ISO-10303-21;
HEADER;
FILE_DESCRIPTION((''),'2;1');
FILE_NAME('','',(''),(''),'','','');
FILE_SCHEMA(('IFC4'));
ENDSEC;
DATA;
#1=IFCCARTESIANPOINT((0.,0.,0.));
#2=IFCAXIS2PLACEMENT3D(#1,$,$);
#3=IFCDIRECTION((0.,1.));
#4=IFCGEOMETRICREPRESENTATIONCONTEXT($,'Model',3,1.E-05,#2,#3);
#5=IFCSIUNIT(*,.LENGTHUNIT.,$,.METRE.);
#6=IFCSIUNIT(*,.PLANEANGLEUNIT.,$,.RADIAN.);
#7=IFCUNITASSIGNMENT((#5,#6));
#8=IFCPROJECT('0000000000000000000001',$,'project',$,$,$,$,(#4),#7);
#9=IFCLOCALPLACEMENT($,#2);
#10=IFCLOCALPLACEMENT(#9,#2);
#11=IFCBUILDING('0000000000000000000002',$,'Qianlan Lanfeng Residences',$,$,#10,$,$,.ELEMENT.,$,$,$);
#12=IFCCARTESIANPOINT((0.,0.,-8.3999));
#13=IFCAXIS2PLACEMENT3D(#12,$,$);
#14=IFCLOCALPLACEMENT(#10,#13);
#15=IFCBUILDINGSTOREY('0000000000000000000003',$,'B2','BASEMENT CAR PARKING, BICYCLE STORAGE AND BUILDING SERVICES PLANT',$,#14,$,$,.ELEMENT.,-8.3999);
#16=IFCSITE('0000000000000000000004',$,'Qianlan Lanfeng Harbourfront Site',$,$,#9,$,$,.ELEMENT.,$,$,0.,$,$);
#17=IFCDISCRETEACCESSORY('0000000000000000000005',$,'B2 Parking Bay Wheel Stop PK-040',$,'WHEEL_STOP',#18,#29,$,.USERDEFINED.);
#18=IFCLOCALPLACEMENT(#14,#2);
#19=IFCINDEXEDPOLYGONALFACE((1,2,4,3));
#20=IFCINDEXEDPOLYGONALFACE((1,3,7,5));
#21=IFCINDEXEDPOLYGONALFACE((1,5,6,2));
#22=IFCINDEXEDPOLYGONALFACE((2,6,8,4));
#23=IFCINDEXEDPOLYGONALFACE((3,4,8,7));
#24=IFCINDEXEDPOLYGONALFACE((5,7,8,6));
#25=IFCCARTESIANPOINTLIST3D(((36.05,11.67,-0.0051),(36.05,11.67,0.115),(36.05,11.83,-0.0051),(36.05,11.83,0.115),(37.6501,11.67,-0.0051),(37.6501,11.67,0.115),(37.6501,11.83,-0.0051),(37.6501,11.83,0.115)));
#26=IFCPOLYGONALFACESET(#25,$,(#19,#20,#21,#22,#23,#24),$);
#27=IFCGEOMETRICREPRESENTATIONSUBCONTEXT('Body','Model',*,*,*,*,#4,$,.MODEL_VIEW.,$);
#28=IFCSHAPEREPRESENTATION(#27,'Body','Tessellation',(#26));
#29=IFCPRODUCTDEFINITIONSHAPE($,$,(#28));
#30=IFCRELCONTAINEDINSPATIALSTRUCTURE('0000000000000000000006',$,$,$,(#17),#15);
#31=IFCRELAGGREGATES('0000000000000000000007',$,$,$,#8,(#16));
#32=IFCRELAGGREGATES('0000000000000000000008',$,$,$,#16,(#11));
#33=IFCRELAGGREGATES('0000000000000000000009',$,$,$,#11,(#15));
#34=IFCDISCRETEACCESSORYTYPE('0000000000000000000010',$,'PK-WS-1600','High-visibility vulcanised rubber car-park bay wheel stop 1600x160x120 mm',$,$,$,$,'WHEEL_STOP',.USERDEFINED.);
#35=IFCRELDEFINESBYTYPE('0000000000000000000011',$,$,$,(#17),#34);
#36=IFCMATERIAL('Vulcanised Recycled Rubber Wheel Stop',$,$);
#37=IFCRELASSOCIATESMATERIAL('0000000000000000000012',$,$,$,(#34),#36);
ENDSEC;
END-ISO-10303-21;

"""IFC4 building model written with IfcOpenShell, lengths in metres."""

from ifc_helpers import new_model, si_unit, direction, frame, origin, origin_2d, place, context, subcontext, project, spatial, rectangle, extrude, source, transform, mapped, material, type_object, element, save


model = new_model("IFC4")

# Units and contexts
model_context = context("Model", 3, precision=1e-05, world=origin(), true_north=direction((0.0, 1.0)))
body_context = subcontext(model_context, "Body", "Model", "MODEL_VIEW")
ifc_project = project(units=[si_unit("LENGTHUNIT", "METRE"), si_unit("PLANEANGLEUNIT", "RADIAN")], contexts=[model_context])

# Site, building, storey
site_placement = place(None, origin())
site = spatial("IfcSite", under=ifc_project, at=site_placement, Name="Qianlan Lanfeng Harbourfront Site", CompositionType="ELEMENT", RefElevation=0.0)
building_placement = place(site_placement, origin())
building = spatial("IfcBuilding", under=site, at=building_placement, Name="Qianlan Lanfeng Residences", CompositionType="ELEMENT")
storey_placement = place(building_placement, frame((0.0, 0.0, -8.3999)))
storey = spatial("IfcBuildingStorey", under=building, at=storey_placement, Name="B2", Description="BASEMENT CAR PARKING, BICYCLE STORAGE AND BUILDING SERVICES PLANT", CompositionType="ELEMENT", Elevation=-8.3999)

# Discrete accessory
ifc_material_1 = material(Name="Vulcanised Recycled Rubber Wheel Stop")
discrete_accessory_type = type_object("IfcDiscreteAccessoryType", Name="PK-WS-1600", Description="High-visibility vulcanised rubber car-park bay wheel stop 1600x160x120 mm", ElementType="WHEEL_STOP", PredefinedType="USERDEFINED", material=ifc_material_1)
shared_shape = source(origin(), body_context, "Body", "SweptSolid", [
    extrude(rectangle(XDim=1.6001, YDim=0.1599, at=origin_2d()), origin(), (0.0, 0.0, 1.0), 0.1201),
])
for number, where, z_axis, x_axis, name in (
    (1, (36.8501, 11.75, -0.0051), (0.0, 0.0, 1.0), (1.0, 0.0, 0.0), "B2 Parking Bay Wheel Stop PK-040"),
):
    element("IfcDiscreteAccessory", number, at=place(storey_placement, frame(where, z_axis=z_axis, x_axis=x_axis)), inside=storey, type_object=discrete_accessory_type, Name=name, ObjectType="WHEEL_STOP", PredefinedType="USERDEFINED", context=body_context, shape_type="MappedRepresentation", body=[
        mapped(shared_shape, transform((0.0, 0.0, 0.0), scale=1.0)),
    ])

save(model, "model.ifc")
